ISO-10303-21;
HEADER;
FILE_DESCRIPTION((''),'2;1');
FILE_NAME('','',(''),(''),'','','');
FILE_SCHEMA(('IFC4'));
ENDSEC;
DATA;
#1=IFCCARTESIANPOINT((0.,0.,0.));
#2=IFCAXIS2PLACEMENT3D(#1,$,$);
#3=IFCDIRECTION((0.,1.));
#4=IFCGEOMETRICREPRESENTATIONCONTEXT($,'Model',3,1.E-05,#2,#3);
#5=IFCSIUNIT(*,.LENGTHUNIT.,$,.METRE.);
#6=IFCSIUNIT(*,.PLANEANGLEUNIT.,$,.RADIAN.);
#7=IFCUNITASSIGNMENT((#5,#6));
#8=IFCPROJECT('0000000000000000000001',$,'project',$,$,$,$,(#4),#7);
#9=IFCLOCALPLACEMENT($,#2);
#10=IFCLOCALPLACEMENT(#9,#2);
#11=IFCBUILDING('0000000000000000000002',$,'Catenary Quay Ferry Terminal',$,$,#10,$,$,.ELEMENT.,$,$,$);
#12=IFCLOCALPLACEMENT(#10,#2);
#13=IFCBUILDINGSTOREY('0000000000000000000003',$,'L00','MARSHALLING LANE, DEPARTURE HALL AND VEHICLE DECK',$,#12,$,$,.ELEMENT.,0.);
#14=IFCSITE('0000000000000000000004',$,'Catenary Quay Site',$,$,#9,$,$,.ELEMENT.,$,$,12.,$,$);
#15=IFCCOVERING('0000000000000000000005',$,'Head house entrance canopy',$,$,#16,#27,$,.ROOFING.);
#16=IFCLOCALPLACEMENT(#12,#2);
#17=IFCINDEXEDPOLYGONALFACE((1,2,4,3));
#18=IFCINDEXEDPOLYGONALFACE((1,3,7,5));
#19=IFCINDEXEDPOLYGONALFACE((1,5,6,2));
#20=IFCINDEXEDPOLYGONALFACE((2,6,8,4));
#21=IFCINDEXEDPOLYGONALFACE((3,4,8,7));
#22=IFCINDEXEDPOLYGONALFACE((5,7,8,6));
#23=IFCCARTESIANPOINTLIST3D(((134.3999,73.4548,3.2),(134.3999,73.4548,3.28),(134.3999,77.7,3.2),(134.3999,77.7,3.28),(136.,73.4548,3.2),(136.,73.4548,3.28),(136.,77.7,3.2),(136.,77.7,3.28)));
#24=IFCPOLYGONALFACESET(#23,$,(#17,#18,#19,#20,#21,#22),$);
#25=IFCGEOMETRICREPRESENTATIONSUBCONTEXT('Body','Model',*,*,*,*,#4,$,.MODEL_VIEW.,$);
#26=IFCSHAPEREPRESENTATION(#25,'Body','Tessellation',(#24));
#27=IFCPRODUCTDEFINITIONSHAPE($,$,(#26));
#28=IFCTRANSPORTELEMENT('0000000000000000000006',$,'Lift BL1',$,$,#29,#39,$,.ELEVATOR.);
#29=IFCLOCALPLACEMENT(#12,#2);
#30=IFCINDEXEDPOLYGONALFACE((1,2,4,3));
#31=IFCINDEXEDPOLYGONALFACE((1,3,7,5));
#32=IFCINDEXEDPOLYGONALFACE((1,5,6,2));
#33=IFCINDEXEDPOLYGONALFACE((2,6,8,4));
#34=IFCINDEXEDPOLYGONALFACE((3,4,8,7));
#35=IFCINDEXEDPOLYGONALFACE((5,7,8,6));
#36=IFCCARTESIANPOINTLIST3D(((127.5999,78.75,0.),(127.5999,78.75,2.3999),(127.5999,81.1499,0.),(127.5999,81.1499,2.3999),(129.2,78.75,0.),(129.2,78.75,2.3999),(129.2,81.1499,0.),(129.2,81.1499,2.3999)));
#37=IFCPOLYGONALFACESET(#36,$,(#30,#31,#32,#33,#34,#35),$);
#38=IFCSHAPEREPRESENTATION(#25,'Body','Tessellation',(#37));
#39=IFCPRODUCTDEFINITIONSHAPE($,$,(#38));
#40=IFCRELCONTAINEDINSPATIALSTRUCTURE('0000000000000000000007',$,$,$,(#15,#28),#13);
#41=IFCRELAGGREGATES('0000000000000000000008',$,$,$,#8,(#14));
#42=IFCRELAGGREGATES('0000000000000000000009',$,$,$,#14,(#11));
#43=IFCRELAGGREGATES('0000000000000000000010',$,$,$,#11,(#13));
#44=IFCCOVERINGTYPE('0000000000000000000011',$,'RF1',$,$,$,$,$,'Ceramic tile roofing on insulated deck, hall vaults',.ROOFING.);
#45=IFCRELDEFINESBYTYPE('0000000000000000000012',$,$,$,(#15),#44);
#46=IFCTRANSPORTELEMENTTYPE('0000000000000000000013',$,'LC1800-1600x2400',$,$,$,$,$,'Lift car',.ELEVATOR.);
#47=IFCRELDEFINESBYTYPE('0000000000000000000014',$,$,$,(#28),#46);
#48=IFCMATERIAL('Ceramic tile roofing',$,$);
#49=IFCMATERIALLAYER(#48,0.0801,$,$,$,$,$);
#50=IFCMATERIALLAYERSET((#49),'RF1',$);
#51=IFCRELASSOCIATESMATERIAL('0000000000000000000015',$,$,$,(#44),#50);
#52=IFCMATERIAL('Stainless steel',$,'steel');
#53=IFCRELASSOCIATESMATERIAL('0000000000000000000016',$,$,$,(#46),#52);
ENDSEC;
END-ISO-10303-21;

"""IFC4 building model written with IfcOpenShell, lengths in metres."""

from ifc_helpers import new_model, si_unit, direction, frame, origin, origin_2d, place, context, subcontext, project, spatial, rectangle, extrude, material, layer, layer_set, type_object, element, save


model = new_model("IFC4")

# Units and contexts
model_context = context("Model", 3, precision=1e-05, world=origin(), true_north=direction((0.0, 1.0)))
body_context = subcontext(model_context, "Body", "Model", "MODEL_VIEW")
ifc_project = project(units=[si_unit("LENGTHUNIT", "METRE"), si_unit("PLANEANGLEUNIT", "RADIAN")], contexts=[model_context])

# Site, building, storey
site_placement = place(None, origin())
site = spatial("IfcSite", under=ifc_project, at=site_placement, Name="Catenary Quay Site", CompositionType="ELEMENT", RefElevation=12.0)
building_placement = place(site_placement, origin())
building = spatial("IfcBuilding", under=site, at=building_placement, Name="Catenary Quay Ferry Terminal", CompositionType="ELEMENT")
storey_placement = place(building_placement, origin())
storey = spatial("IfcBuildingStorey", under=building, at=storey_placement, Name="L00", Description="MARSHALLING LANE, DEPARTURE HALL AND VEHICLE DECK", CompositionType="ELEMENT", Elevation=0.0)

# Covering
ifc_material_1 = material(Name="Ceramic tile roofing")
ifc_layer_1 = layer(ifc_material_1, 0.0801)
ifc_layer_set_1 = layer_set([ifc_layer_1], Name="RF1")
covering_type_1 = type_object("IfcCoveringType", Name="RF1", ElementType="Ceramic tile roofing on insulated deck, hall vaults", PredefinedType="ROOFING", material=ifc_layer_set_1)
covering_1_placement = place(storey_placement, frame((135.2, 75.5774, 3.2), z_axis=(0.0, 0.0, 1.0), x_axis=(1.0, 0.0, 0.0)))
element("IfcCovering", 1, at=covering_1_placement, inside=storey, type_object=covering_type_1, Name="Head house entrance canopy", PredefinedType="ROOFING", context=body_context, shape_type="SweptSolid", body=[
    extrude(rectangle(XDim=1.6001, YDim=4.2451, at=origin_2d()), origin(), (0.0, 0.0, 1.0), 0.0801),
])

# Transport element
ifc_material_2 = material(Name="Stainless steel", Category="steel")
transport_element_type = type_object("IfcTransportElementType", Name="LC1800-1600x2400", ElementType="Lift car", PredefinedType="ELEVATOR", material=ifc_material_2)
transport_element_placement = place(storey_placement, frame((128.3999, 79.95, 0.0), z_axis=(0.0, 0.0, 1.0), x_axis=(1.0, 0.0, 0.0)))
element("IfcTransportElement", 2, at=transport_element_placement, inside=storey, type_object=transport_element_type, Name="Lift BL1", PredefinedType="ELEVATOR", context=body_context, shape_type="SweptSolid", body=[
    extrude(rectangle(XDim=1.6001, YDim=2.3999, at=origin_2d()), origin(), (0.0, 0.0, 1.0), 2.3999),
])

save(model, "model.ifc")
